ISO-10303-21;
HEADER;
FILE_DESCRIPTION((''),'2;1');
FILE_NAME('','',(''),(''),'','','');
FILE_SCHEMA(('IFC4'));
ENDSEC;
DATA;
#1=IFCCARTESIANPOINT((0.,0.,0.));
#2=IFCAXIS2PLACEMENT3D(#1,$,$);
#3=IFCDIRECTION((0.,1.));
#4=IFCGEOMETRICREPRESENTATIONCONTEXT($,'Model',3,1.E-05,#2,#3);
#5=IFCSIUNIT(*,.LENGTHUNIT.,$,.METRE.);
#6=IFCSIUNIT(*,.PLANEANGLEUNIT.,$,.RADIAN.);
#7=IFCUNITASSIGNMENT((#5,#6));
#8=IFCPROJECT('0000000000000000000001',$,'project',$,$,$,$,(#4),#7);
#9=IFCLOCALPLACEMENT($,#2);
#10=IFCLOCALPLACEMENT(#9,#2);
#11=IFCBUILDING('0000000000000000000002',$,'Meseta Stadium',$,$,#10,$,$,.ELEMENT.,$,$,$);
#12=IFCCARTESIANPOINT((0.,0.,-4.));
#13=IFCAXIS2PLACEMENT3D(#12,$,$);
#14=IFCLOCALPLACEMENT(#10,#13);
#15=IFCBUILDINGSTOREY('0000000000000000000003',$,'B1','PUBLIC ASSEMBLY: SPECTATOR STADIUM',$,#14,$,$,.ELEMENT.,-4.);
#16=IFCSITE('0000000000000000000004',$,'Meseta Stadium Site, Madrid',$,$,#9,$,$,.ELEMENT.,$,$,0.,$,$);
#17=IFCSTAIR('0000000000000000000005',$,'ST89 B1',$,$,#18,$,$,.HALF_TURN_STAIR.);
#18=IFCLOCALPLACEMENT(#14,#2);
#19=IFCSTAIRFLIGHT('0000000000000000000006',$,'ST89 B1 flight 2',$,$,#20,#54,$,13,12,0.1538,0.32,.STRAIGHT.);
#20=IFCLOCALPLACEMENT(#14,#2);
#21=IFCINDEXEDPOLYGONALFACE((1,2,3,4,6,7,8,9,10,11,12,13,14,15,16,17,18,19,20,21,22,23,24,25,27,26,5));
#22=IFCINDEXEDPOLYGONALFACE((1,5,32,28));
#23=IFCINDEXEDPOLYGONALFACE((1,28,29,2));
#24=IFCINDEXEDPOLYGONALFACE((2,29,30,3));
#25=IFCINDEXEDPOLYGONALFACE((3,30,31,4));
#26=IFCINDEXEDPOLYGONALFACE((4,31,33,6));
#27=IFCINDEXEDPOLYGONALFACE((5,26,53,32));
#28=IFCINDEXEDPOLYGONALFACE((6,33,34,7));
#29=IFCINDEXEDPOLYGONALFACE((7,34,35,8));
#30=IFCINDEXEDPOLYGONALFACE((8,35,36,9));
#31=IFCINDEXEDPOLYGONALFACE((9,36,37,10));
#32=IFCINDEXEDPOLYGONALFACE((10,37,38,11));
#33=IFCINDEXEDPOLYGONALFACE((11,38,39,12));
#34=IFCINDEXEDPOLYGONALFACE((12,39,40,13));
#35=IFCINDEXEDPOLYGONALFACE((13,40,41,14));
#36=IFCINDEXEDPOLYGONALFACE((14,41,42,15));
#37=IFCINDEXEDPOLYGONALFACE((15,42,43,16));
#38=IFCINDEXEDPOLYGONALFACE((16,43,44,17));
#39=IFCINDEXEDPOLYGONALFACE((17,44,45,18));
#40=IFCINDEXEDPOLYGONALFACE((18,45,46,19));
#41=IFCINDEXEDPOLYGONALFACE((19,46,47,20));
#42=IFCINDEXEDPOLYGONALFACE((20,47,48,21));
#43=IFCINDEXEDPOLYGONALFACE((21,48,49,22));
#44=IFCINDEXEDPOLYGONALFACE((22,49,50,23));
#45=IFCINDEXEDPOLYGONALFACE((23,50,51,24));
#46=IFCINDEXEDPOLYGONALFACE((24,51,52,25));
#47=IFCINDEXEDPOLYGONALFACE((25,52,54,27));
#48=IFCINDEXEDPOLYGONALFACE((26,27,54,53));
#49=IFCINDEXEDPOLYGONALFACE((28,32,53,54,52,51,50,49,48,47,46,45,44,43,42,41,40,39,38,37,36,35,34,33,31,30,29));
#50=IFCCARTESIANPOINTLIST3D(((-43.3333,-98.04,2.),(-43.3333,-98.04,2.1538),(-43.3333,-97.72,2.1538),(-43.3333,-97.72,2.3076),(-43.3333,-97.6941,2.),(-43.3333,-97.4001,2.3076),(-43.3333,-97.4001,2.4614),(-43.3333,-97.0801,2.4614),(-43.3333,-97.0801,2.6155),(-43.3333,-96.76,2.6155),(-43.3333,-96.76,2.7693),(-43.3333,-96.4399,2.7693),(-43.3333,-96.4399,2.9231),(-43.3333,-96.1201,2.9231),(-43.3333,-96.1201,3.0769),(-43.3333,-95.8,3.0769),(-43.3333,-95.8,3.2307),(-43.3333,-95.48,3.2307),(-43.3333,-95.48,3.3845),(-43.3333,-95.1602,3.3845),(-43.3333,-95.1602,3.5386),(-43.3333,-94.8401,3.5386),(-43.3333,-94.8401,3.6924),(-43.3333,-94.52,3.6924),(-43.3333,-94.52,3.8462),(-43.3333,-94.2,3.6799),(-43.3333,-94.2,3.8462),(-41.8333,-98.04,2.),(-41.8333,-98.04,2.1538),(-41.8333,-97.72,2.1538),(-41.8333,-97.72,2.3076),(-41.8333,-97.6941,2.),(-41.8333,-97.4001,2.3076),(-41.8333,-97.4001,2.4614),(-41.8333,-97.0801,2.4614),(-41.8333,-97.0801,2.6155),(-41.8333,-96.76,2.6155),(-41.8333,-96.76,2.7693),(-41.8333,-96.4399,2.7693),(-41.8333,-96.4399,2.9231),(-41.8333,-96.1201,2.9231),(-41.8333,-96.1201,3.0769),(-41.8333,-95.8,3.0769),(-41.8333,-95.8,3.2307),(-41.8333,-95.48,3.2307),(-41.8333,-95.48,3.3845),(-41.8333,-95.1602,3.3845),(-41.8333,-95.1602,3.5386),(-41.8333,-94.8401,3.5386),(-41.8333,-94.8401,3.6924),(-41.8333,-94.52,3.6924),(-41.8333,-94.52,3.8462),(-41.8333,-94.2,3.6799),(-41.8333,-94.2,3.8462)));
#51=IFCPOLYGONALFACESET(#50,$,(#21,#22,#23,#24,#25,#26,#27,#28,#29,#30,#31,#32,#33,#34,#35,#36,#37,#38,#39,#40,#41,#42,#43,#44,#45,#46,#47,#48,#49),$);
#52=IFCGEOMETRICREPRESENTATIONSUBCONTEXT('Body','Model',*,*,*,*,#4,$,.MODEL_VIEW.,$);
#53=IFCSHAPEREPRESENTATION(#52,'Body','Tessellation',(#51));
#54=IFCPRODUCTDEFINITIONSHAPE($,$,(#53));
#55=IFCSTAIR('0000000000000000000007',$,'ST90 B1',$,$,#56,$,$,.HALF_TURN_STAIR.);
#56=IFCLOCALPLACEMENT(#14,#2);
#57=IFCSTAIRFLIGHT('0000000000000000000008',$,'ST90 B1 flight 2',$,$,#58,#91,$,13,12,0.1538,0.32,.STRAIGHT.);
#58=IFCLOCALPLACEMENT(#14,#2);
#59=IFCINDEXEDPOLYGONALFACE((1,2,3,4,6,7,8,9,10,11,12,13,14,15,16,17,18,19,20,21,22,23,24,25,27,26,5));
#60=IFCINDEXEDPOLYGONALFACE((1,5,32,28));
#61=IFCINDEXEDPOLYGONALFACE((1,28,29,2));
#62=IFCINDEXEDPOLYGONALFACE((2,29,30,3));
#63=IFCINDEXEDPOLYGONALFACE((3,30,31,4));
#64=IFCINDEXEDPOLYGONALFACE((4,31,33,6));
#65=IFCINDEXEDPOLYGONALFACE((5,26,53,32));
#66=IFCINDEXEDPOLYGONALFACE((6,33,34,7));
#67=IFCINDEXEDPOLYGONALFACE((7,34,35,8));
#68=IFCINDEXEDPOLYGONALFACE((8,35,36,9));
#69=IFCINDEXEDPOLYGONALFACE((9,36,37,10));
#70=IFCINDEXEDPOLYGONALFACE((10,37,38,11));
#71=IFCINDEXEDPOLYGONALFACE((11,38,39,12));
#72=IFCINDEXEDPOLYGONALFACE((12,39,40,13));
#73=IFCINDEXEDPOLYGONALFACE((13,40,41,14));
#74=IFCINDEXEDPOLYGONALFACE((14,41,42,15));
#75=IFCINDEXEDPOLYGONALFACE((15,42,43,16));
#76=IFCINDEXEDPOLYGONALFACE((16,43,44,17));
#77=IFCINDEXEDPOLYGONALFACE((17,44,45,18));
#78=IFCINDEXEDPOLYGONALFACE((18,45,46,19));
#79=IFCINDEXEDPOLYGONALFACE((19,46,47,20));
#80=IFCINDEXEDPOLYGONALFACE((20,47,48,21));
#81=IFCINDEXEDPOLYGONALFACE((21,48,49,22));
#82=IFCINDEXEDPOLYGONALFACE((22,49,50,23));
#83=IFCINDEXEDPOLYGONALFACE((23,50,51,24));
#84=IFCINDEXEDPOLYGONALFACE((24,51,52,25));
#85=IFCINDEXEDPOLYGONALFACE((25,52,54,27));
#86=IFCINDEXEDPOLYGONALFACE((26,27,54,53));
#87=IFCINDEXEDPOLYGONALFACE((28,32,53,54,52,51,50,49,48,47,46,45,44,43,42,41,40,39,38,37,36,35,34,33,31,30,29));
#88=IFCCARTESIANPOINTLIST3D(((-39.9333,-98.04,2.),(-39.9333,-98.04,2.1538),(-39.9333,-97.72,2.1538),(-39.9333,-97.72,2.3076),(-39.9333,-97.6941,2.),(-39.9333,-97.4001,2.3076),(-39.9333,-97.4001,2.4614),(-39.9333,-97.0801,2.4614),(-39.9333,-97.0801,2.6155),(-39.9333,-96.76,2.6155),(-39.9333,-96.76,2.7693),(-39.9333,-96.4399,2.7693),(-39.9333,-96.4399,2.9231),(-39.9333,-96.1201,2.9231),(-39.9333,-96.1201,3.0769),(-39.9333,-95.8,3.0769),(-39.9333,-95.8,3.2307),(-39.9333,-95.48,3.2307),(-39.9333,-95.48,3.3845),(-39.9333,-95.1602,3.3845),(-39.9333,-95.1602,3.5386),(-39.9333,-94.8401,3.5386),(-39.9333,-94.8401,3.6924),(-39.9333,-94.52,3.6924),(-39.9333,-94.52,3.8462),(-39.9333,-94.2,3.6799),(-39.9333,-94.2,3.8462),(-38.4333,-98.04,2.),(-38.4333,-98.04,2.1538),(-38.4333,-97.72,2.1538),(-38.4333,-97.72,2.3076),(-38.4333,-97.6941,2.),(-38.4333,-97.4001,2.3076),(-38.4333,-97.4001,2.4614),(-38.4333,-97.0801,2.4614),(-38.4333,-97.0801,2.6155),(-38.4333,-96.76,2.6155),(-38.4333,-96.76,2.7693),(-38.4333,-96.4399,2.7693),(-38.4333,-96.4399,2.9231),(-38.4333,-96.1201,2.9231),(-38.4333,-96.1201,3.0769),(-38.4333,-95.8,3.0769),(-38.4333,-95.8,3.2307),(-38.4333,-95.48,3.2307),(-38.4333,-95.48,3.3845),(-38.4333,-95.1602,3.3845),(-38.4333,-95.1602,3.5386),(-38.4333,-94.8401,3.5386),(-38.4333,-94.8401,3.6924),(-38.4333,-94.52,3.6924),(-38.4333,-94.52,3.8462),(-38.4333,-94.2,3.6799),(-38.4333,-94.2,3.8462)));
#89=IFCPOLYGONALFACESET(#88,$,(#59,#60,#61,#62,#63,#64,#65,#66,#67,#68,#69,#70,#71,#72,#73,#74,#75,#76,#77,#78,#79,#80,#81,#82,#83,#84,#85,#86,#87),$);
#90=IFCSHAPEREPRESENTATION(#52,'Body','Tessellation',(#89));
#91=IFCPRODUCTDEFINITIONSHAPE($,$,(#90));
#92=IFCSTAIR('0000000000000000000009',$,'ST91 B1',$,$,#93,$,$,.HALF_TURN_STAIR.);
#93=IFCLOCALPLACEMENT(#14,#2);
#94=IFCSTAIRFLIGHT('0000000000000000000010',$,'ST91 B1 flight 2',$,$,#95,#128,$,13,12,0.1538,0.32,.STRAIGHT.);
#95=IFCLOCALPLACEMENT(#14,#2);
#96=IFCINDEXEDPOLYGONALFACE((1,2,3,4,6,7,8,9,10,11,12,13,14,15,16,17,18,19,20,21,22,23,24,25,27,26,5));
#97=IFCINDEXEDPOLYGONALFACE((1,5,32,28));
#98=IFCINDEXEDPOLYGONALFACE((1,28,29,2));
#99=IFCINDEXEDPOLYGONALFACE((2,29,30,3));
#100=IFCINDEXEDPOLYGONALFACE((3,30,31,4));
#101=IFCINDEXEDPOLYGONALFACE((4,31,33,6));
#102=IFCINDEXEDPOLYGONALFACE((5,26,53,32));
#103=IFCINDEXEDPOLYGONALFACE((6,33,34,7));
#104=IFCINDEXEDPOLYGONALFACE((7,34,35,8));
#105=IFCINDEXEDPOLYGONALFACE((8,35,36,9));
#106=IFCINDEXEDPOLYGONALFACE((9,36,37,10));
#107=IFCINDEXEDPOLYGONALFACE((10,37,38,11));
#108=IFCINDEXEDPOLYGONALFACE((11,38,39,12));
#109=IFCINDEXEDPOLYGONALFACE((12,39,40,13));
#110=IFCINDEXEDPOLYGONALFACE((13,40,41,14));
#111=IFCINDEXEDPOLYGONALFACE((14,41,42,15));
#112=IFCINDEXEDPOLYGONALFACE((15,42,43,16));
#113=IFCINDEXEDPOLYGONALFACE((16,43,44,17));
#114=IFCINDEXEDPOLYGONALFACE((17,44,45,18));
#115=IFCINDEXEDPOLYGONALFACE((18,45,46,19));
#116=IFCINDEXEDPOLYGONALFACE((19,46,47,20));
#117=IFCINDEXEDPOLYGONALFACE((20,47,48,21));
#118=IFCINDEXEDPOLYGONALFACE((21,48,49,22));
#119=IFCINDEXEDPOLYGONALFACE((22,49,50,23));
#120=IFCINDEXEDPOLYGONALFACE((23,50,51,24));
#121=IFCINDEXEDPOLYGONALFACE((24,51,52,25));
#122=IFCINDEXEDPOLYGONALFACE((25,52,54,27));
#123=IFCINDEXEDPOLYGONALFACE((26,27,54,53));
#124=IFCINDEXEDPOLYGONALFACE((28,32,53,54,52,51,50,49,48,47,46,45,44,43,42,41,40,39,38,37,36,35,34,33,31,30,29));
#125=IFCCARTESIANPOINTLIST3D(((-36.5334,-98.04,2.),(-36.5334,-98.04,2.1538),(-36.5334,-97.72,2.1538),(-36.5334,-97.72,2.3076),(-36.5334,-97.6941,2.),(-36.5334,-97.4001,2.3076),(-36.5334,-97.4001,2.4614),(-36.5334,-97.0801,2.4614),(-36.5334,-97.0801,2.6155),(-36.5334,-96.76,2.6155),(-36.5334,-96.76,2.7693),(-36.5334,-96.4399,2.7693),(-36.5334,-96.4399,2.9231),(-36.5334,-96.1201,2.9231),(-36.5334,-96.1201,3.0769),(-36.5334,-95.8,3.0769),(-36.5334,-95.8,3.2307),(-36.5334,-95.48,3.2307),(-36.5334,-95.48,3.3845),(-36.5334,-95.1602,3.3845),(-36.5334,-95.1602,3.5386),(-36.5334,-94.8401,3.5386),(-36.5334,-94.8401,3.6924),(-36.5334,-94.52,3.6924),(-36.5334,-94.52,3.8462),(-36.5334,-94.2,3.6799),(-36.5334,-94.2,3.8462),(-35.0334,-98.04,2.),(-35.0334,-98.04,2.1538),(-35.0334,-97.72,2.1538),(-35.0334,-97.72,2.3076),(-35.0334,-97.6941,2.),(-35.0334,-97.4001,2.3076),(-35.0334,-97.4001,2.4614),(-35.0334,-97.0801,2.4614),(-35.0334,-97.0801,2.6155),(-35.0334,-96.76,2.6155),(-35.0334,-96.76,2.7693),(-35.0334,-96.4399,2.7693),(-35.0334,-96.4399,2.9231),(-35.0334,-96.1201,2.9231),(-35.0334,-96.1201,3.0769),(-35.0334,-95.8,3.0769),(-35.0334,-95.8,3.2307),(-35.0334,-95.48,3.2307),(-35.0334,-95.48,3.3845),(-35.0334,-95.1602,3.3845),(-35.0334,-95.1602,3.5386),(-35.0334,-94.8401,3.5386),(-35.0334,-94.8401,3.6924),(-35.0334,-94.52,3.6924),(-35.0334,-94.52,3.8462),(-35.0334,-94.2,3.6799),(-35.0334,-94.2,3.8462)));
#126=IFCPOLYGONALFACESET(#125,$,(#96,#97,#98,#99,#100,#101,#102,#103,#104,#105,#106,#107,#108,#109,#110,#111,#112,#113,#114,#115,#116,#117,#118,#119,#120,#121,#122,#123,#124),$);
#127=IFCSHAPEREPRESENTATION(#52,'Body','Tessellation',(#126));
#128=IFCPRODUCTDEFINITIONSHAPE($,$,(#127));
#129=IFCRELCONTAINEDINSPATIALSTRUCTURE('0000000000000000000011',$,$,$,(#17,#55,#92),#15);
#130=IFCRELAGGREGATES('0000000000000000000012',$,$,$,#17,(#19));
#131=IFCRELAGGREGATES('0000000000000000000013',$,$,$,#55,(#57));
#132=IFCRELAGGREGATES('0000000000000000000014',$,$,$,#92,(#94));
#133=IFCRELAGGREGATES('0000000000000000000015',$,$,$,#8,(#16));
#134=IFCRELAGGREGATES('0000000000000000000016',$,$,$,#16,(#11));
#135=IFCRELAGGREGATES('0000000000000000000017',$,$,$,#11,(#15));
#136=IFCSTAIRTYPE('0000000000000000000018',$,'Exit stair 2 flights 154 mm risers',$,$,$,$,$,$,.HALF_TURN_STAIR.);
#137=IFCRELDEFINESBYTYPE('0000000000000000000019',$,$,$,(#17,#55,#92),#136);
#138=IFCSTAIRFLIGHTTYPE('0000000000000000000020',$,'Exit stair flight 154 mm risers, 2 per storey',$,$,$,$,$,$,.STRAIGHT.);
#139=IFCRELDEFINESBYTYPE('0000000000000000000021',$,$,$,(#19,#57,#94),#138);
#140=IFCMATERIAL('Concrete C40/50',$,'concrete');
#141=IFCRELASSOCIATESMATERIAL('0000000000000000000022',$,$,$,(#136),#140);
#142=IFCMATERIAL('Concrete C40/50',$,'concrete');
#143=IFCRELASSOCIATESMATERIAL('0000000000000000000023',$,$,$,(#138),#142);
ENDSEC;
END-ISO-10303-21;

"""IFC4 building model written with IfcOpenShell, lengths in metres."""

from ifc_helpers import new_model, si_unit, direction, frame, origin, place, context, subcontext, project, spatial, polyline, outline, extrude, material, type_object, element, aggregate, save


model = new_model("IFC4")

# Units and contexts
model_context = context("Model", 3, precision=1e-05, world=origin(), true_north=direction((0.0, 1.0)))
body_context = subcontext(model_context, "Body", "Model", "MODEL_VIEW")
ifc_project = project(units=[si_unit("LENGTHUNIT", "METRE"), si_unit("PLANEANGLEUNIT", "RADIAN")], contexts=[model_context])

# Site, building, storey
site_placement = place(None, origin())
site = spatial("IfcSite", under=ifc_project, at=site_placement, Name="Meseta Stadium Site, Madrid", CompositionType="ELEMENT", RefElevation=0.0)
building_placement = place(site_placement, origin())
building = spatial("IfcBuilding", under=site, at=building_placement, Name="Meseta Stadium", CompositionType="ELEMENT")
storey_placement = place(building_placement, frame((0.0, 0.0, -4.0)))
storey = spatial("IfcBuildingStorey", under=building, at=storey_placement, Name="B1", Description="PUBLIC ASSEMBLY: SPECTATOR STADIUM", CompositionType="ELEMENT", Elevation=-4.0)

# Shared definitions
ifc_material_1 = material(Name="Concrete C40/50", Category="concrete")
stair_type = type_object("IfcStairType", Name="Exit stair 2 flights 154 mm risers", PredefinedType="HALF_TURN_STAIR", material=ifc_material_1)
ifc_material_2 = material(Name="Concrete C40/50", Category="concrete")
stair_flight_type = type_object("IfcStairFlightType", Name="Exit stair flight 154 mm risers, 2 per storey", PredefinedType="STRAIGHT", material=ifc_material_2)

# Stair, stair flight
stair_1_placement = place(storey_placement, origin())
stair_1 = element("IfcStair", 1, at=stair_1_placement, inside=storey, type_object=stair_type, Name="ST89 B1", PredefinedType="HALF_TURN_STAIR")
stair_flight_1_placement = place(storey_placement, frame((-42.5833, -98.04, 2.0), z_axis=(0.0, 0.0, 1.0), x_axis=(0.0, 1.0, 0.0)))
stair_flight_1 = element("IfcStairFlight", 2, at=stair_flight_1_placement, type_object=stair_flight_type, Name="ST89 B1 flight 2", NumberOfRisers=13, NumberOfTreads=12, PredefinedType="STRAIGHT", RiserHeight=0.1538, TreadLength=0.32, context=body_context, shape_type="SweptSolid", body=[
    extrude(outline(polyline([(0.0, 0.0), (0.0, 0.1538), (0.3201, 0.1538), (0.3201, 0.3076), (0.6399, 0.3076), (0.6399, 0.4614), (0.96, 0.4614), (0.96, 0.6155), (1.28, 0.6155), (1.28, 0.7693), (1.6001, 0.7693), (1.6001, 0.9231), (1.9199, 0.9231), (1.9199, 1.0769), (2.24, 1.0769), (2.24, 1.2307), (2.5601, 1.2307), (2.5601, 1.3845), (2.8799, 1.3845), (2.8799, 1.5386), (3.2, 1.5386), (3.2, 1.6924), (3.52, 1.6924), (3.52, 1.8462), (3.8401, 1.8462), (3.8401, 1.6799), (0.3459, 0.0), (0.0, 0.0)])), frame((0.0, 0.75, 0.0), z_axis=(0.0, -1.0, 0.0), x_axis=(1.0, 0.0, 0.0)), (0.0, 0.0, 1.0), 1.5),
])
aggregate(stair_1, [stair_flight_1])

# Stairs, stair flights
stair_2_placement = place(storey_placement, origin())
stair_2 = element("IfcStair", 3, at=stair_2_placement, inside=storey, type_object=stair_type, Name="ST90 B1", PredefinedType="HALF_TURN_STAIR")
stair_flight_2_placement = place(storey_placement, frame((-39.1833, -98.04, 2.0), z_axis=(0.0, 0.0, 1.0), x_axis=(0.0, 1.0, 0.0)))
stair_flight_2 = element("IfcStairFlight", 4, at=stair_flight_2_placement, type_object=stair_flight_type, Name="ST90 B1 flight 2", NumberOfRisers=13, NumberOfTreads=12, PredefinedType="STRAIGHT", RiserHeight=0.1538, TreadLength=0.32, context=body_context, shape_type="SweptSolid", body=[
    extrude(outline(polyline([(0.0, 0.0), (0.0, 0.1538), (0.3201, 0.1538), (0.3201, 0.3076), (0.6399, 0.3076), (0.6399, 0.4614), (0.96, 0.4614), (0.96, 0.6155), (1.28, 0.6155), (1.28, 0.7693), (1.6001, 0.7693), (1.6001, 0.9231), (1.9199, 0.9231), (1.9199, 1.0769), (2.24, 1.0769), (2.24, 1.2307), (2.5601, 1.2307), (2.5601, 1.3845), (2.8799, 1.3845), (2.8799, 1.5386), (3.2, 1.5386), (3.2, 1.6924), (3.52, 1.6924), (3.52, 1.8462), (3.8401, 1.8462), (3.8401, 1.6799), (0.3459, 0.0), (0.0, 0.0)])), frame((0.0, 0.75, 0.0), z_axis=(0.0, -1.0, 0.0), x_axis=(1.0, 0.0, 0.0)), (0.0, 0.0, 1.0), 1.5),
])
aggregate(stair_2, [stair_flight_2])
stair_3_placement = place(storey_placement, origin())
stair_3 = element("IfcStair", 5, at=stair_3_placement, inside=storey, type_object=stair_type, Name="ST91 B1", PredefinedType="HALF_TURN_STAIR")
stair_flight_3_placement = place(storey_placement, frame((-35.7834, -98.04, 2.0), z_axis=(0.0, 0.0, 1.0), x_axis=(0.0, 1.0, 0.0)))
stair_flight_3 = element("IfcStairFlight", 6, at=stair_flight_3_placement, type_object=stair_flight_type, Name="ST91 B1 flight 2", NumberOfRisers=13, NumberOfTreads=12, PredefinedType="STRAIGHT", RiserHeight=0.1538, TreadLength=0.32, context=body_context, shape_type="SweptSolid", body=[
    extrude(outline(polyline([(0.0, 0.0), (0.0, 0.1538), (0.3201, 0.1538), (0.3201, 0.3076), (0.6399, 0.3076), (0.6399, 0.4614), (0.96, 0.4614), (0.96, 0.6155), (1.28, 0.6155), (1.28, 0.7693), (1.6001, 0.7693), (1.6001, 0.9231), (1.9199, 0.9231), (1.9199, 1.0769), (2.24, 1.0769), (2.24, 1.2307), (2.5601, 1.2307), (2.5601, 1.3845), (2.8799, 1.3845), (2.8799, 1.5386), (3.2, 1.5386), (3.2, 1.6924), (3.52, 1.6924), (3.52, 1.8462), (3.8401, 1.8462), (3.8401, 1.6799), (0.3459, 0.0), (0.0, 0.0)])), frame((0.0, 0.75, 0.0), z_axis=(0.0, -1.0, 0.0), x_axis=(1.0, 0.0, 0.0)), (0.0, 0.0, 1.0), 1.5),
])
aggregate(stair_3, [stair_flight_3])

save(model, "model.ifc")
